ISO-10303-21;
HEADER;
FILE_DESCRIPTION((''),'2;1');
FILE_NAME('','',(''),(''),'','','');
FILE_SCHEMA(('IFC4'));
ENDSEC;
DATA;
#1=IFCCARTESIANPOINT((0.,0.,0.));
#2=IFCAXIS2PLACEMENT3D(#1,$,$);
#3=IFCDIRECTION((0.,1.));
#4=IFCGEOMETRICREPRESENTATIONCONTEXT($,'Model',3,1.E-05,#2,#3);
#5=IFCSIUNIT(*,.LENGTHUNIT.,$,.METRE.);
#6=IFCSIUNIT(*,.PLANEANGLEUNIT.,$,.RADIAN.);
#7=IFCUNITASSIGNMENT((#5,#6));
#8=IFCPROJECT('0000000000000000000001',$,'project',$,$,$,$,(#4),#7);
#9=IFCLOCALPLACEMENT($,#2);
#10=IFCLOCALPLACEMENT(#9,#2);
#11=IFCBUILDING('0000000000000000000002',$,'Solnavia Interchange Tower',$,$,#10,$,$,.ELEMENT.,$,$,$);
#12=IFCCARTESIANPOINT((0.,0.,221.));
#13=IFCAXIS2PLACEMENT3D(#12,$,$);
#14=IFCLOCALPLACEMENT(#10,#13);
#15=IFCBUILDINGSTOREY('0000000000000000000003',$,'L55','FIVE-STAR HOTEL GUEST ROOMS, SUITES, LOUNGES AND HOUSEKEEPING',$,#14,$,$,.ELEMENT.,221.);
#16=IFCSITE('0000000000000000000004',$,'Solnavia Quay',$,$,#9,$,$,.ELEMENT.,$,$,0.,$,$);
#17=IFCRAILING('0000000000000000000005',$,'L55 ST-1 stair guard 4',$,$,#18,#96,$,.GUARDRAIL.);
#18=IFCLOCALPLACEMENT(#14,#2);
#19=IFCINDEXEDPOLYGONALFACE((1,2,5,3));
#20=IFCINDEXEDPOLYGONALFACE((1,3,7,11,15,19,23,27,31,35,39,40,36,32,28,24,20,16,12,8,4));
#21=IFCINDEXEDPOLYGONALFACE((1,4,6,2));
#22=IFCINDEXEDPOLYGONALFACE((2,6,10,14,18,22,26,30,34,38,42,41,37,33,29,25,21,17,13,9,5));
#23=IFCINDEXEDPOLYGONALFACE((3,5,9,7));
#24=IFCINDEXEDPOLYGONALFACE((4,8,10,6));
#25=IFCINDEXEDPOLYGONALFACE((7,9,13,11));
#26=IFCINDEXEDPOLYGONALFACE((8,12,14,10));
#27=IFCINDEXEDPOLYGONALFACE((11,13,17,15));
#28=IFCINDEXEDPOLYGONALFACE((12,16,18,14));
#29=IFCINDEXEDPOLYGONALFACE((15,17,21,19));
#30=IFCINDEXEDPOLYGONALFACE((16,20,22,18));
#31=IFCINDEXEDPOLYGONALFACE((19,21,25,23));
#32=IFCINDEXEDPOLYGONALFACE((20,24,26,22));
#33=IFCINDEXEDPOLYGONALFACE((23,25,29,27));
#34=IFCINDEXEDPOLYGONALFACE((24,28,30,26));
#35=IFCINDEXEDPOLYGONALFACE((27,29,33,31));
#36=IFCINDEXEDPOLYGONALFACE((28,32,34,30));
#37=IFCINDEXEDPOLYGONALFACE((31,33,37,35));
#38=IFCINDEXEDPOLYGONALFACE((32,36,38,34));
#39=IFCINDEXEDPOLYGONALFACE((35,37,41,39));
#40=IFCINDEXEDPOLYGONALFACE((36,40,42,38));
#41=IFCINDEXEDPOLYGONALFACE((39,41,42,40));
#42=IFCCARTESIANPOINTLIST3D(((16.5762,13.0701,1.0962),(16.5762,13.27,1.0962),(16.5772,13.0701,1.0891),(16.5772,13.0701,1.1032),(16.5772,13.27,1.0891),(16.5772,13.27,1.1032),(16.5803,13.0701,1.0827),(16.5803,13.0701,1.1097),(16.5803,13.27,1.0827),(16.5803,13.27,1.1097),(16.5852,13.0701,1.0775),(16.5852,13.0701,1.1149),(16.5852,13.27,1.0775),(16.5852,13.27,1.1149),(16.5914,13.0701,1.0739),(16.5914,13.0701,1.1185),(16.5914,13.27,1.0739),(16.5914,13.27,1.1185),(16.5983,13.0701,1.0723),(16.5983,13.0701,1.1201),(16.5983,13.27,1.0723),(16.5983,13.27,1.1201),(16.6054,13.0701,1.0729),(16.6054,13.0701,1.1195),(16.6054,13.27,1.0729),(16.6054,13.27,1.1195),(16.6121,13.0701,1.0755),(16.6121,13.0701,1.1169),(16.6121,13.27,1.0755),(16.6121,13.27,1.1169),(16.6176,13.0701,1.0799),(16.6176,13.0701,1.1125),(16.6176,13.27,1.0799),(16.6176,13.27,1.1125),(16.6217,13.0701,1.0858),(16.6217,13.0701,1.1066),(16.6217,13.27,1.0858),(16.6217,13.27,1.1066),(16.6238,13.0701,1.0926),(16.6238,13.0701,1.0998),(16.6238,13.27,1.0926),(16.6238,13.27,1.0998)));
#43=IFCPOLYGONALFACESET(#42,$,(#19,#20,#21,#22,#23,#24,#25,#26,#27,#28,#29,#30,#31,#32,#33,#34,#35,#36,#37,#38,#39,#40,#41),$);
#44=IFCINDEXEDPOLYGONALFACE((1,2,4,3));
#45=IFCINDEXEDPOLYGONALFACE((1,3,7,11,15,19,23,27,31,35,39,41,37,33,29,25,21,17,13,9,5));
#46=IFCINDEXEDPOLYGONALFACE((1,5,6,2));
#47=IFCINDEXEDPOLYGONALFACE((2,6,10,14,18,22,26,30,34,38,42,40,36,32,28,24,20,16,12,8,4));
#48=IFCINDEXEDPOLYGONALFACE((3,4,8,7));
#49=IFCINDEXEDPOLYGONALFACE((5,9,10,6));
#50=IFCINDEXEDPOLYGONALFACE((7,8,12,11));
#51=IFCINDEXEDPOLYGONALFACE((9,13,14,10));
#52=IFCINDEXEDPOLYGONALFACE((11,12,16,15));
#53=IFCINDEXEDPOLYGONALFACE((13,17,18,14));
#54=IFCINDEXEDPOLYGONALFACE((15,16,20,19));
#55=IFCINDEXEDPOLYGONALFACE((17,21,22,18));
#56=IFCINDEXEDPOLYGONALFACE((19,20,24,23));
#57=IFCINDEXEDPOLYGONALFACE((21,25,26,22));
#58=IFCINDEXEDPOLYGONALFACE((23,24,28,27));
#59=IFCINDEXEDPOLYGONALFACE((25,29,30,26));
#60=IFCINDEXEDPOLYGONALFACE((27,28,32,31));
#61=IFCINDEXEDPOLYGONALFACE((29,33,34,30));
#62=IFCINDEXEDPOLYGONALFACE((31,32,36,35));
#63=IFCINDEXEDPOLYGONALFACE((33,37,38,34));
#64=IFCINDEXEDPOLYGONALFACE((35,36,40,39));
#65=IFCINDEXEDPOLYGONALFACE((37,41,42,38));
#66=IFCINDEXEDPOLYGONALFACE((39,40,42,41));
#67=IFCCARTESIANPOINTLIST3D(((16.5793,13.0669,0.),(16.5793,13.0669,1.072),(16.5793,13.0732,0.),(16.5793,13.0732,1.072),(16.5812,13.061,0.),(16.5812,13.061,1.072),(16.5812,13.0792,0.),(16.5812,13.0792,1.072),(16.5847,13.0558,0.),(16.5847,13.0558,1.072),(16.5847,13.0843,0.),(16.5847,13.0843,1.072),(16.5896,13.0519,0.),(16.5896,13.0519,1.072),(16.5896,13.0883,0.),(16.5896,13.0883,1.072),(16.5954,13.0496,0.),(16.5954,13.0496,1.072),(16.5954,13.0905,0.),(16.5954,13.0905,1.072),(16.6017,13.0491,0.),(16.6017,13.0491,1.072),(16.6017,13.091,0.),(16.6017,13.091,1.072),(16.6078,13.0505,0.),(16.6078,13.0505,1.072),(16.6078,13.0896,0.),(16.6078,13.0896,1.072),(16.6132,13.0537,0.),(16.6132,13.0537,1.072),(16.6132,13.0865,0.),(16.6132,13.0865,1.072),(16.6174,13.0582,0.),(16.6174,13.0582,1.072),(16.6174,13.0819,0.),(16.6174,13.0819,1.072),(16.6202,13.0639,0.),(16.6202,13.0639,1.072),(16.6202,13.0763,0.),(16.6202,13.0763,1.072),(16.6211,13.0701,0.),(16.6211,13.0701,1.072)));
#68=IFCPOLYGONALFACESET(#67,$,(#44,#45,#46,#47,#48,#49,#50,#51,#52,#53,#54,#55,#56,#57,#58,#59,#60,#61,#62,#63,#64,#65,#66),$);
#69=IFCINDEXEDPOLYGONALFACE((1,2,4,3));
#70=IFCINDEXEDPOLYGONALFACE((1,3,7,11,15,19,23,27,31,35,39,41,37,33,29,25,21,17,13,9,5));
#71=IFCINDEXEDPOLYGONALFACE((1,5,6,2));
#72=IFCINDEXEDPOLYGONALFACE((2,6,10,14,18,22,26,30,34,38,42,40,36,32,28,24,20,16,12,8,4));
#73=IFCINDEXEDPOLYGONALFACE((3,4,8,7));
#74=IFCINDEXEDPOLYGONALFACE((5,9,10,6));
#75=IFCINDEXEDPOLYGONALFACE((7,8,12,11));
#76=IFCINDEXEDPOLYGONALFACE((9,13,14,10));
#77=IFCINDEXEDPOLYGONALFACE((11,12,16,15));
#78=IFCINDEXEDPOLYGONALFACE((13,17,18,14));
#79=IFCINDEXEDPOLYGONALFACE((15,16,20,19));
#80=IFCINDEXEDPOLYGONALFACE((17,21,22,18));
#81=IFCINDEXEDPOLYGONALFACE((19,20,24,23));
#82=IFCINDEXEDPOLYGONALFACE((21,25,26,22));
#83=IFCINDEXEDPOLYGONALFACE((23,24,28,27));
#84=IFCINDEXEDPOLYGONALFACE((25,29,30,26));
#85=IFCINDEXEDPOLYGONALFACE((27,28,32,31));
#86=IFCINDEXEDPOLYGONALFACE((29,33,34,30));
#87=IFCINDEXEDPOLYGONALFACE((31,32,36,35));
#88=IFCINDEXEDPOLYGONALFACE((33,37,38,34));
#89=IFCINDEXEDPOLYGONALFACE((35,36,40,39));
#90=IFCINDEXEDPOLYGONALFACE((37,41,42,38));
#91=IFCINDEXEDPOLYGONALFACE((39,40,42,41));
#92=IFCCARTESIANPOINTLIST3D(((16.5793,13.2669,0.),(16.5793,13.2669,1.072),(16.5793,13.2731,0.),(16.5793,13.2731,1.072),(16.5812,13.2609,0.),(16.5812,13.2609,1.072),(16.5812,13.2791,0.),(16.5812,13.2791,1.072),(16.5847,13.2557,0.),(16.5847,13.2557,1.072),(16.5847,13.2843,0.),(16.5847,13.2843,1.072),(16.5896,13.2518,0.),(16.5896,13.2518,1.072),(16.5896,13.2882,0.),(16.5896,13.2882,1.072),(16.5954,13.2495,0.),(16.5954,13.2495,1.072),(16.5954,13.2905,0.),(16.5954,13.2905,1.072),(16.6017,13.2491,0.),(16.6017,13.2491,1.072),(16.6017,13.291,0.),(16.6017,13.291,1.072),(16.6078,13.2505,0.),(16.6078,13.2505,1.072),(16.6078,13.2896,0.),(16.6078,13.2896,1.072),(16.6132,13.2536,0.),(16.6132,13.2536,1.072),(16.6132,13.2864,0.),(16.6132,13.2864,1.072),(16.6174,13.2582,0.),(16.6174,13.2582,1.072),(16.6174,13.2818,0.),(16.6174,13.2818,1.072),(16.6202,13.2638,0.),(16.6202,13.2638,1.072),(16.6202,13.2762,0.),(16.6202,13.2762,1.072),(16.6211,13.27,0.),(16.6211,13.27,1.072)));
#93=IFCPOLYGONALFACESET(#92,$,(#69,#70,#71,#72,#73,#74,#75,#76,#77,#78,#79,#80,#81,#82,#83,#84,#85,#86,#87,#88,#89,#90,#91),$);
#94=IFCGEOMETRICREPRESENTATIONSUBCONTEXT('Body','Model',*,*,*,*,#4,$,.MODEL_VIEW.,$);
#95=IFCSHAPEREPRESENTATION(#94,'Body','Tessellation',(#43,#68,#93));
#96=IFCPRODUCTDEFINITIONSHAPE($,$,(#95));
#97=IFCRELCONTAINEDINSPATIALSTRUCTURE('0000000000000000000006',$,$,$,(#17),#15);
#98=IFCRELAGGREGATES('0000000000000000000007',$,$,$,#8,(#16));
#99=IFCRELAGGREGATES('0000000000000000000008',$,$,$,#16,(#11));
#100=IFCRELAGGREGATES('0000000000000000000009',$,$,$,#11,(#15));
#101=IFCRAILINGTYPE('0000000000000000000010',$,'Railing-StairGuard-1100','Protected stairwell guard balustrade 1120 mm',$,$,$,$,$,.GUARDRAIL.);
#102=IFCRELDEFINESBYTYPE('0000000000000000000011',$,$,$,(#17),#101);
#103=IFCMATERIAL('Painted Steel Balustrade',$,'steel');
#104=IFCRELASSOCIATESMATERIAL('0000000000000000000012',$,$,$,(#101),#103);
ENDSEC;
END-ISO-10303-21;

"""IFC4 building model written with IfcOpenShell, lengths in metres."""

from ifc_helpers import new_model, si_unit, direction, frame, origin, origin_2d, place, context, subcontext, project, spatial, circle, extrude, material, type_object, element, save


model = new_model("IFC4")

# Units and contexts
model_context = context("Model", 3, precision=1e-05, world=origin(), true_north=direction((0.0, 1.0)))
body_context = subcontext(model_context, "Body", "Model", "MODEL_VIEW")
ifc_project = project(units=[si_unit("LENGTHUNIT", "METRE"), si_unit("PLANEANGLEUNIT", "RADIAN")], contexts=[model_context])

# Site, building, storey
site_placement = place(None, origin())
site = spatial("IfcSite", under=ifc_project, at=site_placement, Name="Solnavia Quay", CompositionType="ELEMENT", RefElevation=0.0)
building_placement = place(site_placement, origin())
building = spatial("IfcBuilding", under=site, at=building_placement, Name="Solnavia Interchange Tower", CompositionType="ELEMENT")
storey_placement = place(building_placement, frame((0.0, 0.0, 221.0)))
storey = spatial("IfcBuildingStorey", under=building, at=storey_placement, Name="L55", Description="FIVE-STAR HOTEL GUEST ROOMS, SUITES, LOUNGES AND HOUSEKEEPING", CompositionType="ELEMENT", Elevation=221.0)

# Railing
ifc_material_1 = material(Name="Painted Steel Balustrade", Category="steel")
railing_type_1 = type_object("IfcRailingType", Name="Railing-StairGuard-1100", Description="Protected stairwell guard balustrade 1120 mm", PredefinedType="GUARDRAIL", material=ifc_material_1)
railing_1_placement = place(storey_placement, frame((16.6001, 13.0701, 0.0)))
element("IfcRailing", 1, at=railing_1_placement, inside=storey, type_object=railing_type_1, Name="L55 ST-1 stair guard 4", PredefinedType="GUARDRAIL", context=body_context, shape_type="SweptSolid", body=[
    extrude(circle(Radius=0.0239, at=origin_2d()), frame((0.0, 0.0, 1.0962), z_axis=(0.0, 1.0, 0.0), x_axis=(-1.0, 0.0, 0.0)), (0.0, 0.0, 1.0), 0.2),
    extrude(circle(Radius=0.021, at=origin_2d()), origin(), (0.0, 0.0, 1.0), 1.072),
    extrude(circle(Radius=0.021, at=origin_2d()), frame((0.0, 0.2, 0.0)), (0.0, 0.0, 1.0), 1.072),
])

save(model, "model.ifc")
